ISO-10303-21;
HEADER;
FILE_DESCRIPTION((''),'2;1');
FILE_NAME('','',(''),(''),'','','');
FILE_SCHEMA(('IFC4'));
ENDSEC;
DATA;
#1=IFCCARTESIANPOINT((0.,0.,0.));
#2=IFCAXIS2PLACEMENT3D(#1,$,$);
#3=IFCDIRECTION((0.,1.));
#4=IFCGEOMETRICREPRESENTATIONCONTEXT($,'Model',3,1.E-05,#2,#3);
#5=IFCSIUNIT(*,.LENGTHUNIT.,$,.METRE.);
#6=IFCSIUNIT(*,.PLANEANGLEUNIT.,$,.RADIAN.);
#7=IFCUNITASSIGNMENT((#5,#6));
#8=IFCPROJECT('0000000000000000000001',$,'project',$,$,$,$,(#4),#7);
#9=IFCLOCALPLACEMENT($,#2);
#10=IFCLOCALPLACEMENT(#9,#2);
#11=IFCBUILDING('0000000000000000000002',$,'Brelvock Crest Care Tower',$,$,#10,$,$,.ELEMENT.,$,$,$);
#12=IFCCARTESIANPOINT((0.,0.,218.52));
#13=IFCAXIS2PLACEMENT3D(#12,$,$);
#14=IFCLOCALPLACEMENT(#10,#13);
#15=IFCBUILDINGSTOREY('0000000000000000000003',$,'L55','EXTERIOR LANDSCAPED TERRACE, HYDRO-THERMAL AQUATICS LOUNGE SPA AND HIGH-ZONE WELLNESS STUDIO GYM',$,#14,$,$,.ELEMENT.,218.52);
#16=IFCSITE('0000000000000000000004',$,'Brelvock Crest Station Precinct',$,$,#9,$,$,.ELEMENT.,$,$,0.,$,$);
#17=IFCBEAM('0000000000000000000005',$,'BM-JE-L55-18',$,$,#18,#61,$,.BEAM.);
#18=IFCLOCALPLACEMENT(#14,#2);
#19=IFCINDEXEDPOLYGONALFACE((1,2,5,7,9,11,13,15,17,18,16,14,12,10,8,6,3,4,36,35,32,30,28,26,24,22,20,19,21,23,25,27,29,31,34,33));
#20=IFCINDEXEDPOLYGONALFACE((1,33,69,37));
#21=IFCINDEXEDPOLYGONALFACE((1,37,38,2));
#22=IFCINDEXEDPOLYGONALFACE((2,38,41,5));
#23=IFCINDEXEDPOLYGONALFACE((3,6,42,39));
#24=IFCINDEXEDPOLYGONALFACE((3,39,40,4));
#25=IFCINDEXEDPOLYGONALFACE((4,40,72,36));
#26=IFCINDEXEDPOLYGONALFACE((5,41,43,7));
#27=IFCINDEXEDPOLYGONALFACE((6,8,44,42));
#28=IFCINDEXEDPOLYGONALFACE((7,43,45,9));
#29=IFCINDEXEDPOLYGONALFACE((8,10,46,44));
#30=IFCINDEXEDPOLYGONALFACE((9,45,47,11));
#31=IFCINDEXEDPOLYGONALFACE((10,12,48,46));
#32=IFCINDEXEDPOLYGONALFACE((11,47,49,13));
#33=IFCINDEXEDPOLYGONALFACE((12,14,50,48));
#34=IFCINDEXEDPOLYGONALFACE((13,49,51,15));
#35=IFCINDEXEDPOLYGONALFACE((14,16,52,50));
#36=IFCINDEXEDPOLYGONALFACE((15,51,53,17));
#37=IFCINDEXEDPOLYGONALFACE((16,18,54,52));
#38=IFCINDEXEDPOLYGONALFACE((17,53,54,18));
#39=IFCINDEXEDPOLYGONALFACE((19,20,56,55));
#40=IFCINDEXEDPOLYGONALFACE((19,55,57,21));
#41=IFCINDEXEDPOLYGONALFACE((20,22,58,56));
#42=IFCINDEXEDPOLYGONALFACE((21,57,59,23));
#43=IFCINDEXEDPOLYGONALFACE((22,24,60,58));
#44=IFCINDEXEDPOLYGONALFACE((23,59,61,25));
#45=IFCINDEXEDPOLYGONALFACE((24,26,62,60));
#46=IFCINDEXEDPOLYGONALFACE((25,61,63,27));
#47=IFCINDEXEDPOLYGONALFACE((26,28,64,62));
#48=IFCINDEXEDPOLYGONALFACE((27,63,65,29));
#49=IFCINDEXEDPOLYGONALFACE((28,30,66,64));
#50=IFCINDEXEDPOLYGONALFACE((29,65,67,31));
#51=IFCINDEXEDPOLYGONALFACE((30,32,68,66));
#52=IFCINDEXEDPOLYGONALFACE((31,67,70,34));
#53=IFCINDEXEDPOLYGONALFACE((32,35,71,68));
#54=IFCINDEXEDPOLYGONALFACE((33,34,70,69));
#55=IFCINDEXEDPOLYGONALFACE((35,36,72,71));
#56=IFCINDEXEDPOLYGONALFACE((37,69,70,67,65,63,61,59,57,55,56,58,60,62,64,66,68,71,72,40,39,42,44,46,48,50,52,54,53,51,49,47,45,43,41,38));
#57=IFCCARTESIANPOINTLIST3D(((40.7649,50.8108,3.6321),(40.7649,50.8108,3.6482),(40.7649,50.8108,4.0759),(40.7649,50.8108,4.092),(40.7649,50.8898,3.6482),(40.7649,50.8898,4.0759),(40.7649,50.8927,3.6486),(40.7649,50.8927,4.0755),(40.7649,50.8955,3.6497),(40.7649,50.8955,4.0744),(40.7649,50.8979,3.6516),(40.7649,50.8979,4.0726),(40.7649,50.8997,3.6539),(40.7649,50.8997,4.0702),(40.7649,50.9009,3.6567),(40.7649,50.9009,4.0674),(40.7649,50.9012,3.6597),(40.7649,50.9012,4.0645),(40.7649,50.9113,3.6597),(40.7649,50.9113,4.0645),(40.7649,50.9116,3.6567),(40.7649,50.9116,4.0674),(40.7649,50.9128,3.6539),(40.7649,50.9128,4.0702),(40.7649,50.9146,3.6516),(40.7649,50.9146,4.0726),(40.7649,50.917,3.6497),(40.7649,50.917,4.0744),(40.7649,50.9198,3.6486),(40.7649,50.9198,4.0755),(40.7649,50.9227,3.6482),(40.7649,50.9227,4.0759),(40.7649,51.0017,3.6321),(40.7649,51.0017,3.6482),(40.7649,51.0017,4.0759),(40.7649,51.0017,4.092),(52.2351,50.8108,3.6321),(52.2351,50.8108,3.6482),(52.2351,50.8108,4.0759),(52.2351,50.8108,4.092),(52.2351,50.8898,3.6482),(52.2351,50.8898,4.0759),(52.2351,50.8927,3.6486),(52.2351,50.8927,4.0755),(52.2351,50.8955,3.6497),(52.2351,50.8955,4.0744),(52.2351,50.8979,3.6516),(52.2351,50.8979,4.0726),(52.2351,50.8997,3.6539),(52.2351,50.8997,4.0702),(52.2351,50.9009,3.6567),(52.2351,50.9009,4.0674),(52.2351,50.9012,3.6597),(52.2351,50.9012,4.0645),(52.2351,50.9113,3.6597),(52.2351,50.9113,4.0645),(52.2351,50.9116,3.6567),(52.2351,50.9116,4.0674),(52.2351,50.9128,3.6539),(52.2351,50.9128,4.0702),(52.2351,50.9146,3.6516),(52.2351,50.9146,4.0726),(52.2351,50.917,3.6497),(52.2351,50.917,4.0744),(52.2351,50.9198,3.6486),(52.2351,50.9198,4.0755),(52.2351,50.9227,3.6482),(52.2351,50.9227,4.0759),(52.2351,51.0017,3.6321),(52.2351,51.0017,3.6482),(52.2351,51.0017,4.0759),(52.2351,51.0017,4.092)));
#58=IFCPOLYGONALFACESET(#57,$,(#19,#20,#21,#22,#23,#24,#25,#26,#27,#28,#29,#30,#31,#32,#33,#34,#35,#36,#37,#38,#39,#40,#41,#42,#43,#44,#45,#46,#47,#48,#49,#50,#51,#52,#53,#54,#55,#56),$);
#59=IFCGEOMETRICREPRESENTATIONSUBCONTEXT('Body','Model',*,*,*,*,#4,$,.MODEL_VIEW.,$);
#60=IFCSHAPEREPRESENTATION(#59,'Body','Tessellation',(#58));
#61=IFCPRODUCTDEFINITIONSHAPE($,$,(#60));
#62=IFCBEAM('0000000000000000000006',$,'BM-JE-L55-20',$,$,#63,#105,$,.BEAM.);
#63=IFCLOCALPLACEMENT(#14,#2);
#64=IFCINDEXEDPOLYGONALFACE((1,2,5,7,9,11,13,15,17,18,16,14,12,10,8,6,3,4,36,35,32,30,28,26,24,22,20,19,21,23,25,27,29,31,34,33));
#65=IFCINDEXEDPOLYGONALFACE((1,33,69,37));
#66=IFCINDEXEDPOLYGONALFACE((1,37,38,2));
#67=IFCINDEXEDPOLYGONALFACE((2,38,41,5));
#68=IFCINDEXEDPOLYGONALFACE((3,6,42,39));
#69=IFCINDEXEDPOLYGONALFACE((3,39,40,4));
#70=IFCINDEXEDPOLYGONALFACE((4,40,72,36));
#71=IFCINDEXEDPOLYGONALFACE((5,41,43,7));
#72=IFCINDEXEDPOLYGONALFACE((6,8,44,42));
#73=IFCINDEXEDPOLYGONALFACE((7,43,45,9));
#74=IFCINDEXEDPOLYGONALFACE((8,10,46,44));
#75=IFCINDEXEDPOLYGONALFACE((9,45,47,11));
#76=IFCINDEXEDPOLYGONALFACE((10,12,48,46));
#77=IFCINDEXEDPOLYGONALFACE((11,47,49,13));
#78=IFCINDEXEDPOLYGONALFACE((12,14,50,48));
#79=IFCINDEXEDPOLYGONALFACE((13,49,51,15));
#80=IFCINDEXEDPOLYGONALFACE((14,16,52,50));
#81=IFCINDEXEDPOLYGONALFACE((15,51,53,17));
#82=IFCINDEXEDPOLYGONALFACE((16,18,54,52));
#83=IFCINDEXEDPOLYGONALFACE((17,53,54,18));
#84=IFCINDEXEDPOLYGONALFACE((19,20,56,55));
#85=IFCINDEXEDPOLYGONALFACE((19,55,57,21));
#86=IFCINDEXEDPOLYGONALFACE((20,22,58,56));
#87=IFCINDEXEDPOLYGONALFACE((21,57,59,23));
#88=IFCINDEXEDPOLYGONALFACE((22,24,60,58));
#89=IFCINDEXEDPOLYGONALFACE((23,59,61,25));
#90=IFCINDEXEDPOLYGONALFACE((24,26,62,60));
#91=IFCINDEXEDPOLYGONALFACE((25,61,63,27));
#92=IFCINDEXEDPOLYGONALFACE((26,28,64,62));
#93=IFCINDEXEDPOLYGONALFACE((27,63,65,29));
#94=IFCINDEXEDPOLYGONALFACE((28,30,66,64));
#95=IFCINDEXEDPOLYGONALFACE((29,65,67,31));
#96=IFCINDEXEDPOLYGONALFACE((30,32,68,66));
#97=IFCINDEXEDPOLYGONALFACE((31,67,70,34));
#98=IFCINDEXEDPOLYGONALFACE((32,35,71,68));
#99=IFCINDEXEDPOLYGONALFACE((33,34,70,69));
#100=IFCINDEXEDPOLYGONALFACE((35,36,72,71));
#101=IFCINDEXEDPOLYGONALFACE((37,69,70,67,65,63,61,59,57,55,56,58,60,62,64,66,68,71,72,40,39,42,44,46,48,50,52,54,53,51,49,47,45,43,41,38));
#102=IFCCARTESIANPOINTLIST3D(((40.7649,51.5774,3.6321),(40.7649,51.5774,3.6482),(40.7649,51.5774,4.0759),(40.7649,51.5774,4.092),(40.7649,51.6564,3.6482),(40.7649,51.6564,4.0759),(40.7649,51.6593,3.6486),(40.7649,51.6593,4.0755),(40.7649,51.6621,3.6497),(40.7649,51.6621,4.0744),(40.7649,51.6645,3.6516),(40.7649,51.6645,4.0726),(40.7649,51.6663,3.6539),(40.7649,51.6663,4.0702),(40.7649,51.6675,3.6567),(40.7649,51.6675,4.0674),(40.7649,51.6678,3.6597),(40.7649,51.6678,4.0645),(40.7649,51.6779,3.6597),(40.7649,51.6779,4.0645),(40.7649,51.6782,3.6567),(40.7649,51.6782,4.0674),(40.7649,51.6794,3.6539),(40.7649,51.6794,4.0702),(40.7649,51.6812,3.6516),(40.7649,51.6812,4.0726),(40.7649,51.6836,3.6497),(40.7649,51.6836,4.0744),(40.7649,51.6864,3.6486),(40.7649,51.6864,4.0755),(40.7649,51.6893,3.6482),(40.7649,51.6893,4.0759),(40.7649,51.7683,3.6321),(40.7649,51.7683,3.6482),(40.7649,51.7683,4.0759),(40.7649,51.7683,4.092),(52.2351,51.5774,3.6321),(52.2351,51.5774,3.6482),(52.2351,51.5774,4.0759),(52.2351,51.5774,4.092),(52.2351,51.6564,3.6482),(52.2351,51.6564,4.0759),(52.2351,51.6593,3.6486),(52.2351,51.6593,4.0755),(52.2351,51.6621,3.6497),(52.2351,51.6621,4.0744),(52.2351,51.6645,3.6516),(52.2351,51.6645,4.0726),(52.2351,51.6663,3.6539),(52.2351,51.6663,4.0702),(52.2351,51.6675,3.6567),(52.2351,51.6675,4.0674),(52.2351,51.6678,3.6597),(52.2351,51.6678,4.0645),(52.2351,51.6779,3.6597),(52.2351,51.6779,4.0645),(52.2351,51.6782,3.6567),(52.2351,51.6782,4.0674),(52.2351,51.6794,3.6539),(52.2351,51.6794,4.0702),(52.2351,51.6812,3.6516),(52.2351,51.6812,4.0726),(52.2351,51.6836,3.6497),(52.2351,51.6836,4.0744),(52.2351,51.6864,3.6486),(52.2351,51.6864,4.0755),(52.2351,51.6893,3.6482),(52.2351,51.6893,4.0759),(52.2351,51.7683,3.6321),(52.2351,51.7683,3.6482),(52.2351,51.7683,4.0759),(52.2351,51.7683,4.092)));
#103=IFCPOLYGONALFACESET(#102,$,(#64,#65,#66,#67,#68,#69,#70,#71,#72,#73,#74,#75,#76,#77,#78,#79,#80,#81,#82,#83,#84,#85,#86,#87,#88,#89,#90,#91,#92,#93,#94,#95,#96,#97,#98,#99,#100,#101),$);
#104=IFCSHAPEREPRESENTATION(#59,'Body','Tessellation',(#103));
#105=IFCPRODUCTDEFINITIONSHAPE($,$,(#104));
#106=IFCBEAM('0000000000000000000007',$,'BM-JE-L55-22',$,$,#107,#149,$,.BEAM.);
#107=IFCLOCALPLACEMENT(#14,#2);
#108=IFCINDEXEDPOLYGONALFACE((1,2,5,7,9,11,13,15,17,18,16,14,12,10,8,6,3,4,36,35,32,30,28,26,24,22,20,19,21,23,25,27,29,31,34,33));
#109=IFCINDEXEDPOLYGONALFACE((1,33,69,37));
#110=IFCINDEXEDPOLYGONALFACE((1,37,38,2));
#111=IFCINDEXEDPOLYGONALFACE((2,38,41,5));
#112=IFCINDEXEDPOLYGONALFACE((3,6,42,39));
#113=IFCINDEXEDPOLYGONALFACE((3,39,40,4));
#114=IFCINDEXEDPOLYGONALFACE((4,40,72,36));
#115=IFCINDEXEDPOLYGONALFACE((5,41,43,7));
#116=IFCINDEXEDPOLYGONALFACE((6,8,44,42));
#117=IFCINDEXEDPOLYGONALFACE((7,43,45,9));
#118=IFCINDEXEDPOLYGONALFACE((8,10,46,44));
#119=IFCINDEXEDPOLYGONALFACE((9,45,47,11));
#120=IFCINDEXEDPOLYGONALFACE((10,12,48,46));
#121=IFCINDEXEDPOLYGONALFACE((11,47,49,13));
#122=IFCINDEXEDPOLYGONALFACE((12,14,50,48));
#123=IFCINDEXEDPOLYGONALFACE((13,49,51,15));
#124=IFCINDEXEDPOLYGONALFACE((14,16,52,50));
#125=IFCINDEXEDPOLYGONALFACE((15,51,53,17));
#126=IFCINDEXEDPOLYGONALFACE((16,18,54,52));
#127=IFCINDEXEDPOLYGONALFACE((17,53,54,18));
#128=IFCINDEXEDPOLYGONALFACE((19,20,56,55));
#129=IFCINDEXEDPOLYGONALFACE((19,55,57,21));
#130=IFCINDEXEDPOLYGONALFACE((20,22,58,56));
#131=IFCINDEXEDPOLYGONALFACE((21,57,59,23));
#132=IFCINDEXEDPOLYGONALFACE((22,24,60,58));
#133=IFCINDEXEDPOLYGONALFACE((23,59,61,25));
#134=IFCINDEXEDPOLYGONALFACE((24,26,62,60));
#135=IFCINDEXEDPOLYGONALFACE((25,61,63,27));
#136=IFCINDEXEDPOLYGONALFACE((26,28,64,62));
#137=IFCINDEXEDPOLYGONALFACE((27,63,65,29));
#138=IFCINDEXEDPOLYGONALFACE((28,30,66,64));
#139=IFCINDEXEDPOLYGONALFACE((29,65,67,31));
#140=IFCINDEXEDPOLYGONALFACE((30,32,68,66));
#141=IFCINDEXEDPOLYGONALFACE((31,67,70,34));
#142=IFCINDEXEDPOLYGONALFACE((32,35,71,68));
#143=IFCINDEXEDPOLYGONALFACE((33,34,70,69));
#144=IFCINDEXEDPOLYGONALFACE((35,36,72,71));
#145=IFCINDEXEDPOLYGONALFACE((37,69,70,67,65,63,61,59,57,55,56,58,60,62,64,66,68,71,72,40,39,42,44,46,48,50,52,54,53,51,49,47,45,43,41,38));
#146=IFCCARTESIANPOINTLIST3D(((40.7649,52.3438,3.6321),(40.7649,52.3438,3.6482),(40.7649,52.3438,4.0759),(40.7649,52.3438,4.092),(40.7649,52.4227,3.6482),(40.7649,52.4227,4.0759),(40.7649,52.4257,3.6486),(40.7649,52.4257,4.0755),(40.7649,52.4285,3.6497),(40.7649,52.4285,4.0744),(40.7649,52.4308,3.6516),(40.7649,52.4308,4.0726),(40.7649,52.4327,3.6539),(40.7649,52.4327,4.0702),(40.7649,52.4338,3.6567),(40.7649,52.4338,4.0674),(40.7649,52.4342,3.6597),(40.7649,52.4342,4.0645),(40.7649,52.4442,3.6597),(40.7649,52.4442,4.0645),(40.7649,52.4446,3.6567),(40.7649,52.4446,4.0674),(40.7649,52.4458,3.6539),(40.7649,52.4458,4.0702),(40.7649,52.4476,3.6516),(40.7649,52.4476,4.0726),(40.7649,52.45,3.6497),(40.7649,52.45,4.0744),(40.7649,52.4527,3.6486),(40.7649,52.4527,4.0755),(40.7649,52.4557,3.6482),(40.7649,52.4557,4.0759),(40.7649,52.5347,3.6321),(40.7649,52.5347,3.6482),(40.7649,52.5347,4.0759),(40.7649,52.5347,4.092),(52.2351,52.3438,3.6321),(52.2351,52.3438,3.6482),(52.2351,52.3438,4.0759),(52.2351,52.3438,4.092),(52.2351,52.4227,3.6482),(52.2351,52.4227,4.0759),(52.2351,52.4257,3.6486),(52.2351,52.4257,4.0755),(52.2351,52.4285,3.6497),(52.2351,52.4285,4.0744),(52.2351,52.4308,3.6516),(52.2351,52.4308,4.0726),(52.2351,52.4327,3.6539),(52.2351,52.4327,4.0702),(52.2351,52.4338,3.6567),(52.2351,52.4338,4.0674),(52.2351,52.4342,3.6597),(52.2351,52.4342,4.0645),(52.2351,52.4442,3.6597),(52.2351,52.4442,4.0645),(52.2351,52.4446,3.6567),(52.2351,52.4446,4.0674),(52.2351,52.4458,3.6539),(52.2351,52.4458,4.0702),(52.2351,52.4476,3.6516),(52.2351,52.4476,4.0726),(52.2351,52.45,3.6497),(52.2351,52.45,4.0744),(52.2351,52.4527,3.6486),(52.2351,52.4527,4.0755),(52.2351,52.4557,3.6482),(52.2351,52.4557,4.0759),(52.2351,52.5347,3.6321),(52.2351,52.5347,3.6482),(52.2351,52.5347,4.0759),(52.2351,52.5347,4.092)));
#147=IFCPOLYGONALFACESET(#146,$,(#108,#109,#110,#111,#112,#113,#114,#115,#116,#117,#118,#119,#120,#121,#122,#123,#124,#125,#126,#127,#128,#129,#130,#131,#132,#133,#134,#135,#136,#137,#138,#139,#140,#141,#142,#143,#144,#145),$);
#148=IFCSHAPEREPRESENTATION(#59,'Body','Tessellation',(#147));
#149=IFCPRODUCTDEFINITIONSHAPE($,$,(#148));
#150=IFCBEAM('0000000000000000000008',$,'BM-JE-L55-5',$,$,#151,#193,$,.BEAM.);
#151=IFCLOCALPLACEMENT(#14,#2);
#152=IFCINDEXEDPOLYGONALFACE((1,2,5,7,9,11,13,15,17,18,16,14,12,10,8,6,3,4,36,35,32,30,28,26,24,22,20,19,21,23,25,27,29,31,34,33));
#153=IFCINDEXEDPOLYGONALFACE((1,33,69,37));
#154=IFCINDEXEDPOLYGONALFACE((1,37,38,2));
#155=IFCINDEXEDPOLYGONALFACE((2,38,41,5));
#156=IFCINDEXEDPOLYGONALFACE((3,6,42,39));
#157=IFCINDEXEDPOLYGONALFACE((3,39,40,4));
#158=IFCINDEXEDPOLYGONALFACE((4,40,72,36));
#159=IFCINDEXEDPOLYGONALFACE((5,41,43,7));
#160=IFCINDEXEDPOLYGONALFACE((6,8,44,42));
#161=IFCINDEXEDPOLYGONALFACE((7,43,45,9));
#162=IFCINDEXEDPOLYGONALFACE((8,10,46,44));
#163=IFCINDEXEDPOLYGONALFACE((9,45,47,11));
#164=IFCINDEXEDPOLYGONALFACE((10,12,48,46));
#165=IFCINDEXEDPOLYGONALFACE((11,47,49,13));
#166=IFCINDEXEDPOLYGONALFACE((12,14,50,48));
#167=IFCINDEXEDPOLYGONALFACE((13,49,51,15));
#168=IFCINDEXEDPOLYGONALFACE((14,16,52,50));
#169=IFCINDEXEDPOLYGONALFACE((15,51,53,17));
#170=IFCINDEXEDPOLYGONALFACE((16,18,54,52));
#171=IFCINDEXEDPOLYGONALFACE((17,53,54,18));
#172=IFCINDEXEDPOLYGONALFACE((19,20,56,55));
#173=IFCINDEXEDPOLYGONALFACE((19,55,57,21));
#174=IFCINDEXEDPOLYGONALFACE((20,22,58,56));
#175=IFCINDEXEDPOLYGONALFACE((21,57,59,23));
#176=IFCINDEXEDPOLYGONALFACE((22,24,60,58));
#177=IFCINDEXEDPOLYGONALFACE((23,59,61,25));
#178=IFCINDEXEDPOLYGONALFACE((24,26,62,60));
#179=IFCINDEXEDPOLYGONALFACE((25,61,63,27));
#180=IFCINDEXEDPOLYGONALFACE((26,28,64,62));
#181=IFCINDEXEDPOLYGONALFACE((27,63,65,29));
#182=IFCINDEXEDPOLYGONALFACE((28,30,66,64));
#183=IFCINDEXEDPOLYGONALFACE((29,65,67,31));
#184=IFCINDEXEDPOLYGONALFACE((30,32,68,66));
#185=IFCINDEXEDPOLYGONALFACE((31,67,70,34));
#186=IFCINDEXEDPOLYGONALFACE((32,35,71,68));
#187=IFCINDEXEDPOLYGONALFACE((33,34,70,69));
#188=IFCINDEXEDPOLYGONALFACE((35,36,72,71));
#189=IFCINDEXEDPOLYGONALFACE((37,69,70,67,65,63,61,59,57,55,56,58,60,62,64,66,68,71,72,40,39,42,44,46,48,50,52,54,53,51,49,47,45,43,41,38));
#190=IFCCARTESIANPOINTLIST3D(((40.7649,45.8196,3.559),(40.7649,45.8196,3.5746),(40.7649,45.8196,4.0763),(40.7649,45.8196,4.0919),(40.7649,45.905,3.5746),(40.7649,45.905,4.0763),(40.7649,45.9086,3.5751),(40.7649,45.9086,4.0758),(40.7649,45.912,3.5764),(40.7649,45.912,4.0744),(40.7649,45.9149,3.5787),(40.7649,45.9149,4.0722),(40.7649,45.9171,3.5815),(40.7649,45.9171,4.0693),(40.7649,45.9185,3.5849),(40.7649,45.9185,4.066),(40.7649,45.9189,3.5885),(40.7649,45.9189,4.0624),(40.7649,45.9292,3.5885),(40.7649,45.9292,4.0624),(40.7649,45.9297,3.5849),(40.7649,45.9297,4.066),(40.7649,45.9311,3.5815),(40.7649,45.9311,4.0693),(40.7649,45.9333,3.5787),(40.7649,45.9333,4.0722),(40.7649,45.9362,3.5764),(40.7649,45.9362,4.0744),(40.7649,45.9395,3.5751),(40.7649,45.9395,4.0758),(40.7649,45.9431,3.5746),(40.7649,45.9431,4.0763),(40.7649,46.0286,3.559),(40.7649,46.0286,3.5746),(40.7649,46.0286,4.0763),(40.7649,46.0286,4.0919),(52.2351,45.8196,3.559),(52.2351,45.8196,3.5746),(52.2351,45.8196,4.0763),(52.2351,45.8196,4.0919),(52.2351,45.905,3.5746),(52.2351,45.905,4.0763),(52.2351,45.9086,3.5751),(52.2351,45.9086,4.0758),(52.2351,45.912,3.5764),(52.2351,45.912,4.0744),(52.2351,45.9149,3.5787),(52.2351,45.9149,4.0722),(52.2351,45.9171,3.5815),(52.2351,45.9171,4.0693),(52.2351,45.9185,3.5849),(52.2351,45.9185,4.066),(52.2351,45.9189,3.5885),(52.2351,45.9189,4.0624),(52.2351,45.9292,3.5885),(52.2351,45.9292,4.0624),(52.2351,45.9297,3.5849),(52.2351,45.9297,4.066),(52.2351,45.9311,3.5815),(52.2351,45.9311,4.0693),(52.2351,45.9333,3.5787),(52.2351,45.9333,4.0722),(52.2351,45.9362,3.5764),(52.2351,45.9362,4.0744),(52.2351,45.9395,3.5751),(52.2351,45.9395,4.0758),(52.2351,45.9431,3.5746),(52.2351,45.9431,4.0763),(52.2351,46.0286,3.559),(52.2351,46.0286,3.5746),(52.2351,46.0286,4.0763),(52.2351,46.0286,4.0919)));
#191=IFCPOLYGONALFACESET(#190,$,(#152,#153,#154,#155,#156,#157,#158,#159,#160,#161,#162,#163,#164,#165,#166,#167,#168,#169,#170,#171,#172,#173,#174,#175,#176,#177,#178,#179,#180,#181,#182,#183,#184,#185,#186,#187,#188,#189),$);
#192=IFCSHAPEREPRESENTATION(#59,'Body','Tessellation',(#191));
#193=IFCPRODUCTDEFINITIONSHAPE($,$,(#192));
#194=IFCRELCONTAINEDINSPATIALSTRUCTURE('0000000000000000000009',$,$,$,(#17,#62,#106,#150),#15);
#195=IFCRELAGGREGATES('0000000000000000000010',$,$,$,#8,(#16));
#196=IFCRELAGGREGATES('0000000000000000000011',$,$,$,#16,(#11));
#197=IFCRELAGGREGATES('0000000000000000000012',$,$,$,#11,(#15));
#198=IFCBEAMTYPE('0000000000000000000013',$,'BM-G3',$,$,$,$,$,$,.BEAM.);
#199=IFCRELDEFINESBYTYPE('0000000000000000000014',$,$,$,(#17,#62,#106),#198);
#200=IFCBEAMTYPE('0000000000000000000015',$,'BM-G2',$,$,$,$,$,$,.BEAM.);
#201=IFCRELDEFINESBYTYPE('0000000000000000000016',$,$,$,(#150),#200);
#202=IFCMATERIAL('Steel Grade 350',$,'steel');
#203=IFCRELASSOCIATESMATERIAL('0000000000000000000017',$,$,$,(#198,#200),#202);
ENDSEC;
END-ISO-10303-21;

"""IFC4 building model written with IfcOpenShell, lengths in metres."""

from ifc_helpers import new_model, si_unit, direction, frame, origin, origin_2d, place, context, subcontext, project, spatial, i_section, extrude, source, transform, mapped, material, material_profile, profile_set, type_object, element, save


model = new_model("IFC4")

# Units and contexts
model_context = context("Model", 3, precision=1e-05, world=origin(), true_north=direction((0.0, 1.0)))
body_context = subcontext(model_context, "Body", "Model", "MODEL_VIEW")
ifc_project = project(units=[si_unit("LENGTHUNIT", "METRE"), si_unit("PLANEANGLEUNIT", "RADIAN")], contexts=[model_context])

# Site, building, storey
site_placement = place(None, origin())
site = spatial("IfcSite", under=ifc_project, at=site_placement, Name="Brelvock Crest Station Precinct", CompositionType="ELEMENT", RefElevation=0.0)
building_placement = place(site_placement, origin())
building = spatial("IfcBuilding", under=site, at=building_placement, Name="Brelvock Crest Care Tower", CompositionType="ELEMENT")
storey_placement = place(building_placement, frame((0.0, 0.0, 218.52)))
storey = spatial("IfcBuildingStorey", under=building, at=storey_placement, Name="L55", Description="EXTERIOR LANDSCAPED TERRACE, HYDRO-THERMAL AQUATICS LOUNGE SPA AND HIGH-ZONE WELLNESS STUDIO GYM", CompositionType="ELEMENT", Elevation=218.52)

# Beams
ifc_material_1 = material(Name="Steel Grade 350", Category="steel")
ifc_material_profile_1 = material_profile(ifc_material_1, i_section(OverallWidth=0.1909, OverallDepth=0.46, WebThickness=0.01, FlangeThickness=0.0161, FilletRadius=0.0115, at=origin_2d()), Name="460UB82.1")
ifc_profile_set_1 = profile_set([ifc_material_profile_1], Name="Steel Grade 350")
beam_type_1 = type_object("IfcBeamType", Name="BM-G3", PredefinedType="BEAM", material=ifc_profile_set_1)
shared_shape_1 = source(origin(), body_context, "Body", "SweptSolid", [
    extrude(i_section(OverallWidth=0.1909, OverallDepth=0.46, WebThickness=0.01, FlangeThickness=0.0161, FilletRadius=0.0115, at=origin_2d()), origin(), (0.0, 0.0, 1.0), 11.4702),
])
for number, where, z_axis, x_axis, name in (
    (1, (40.7649, 50.9062, 3.8621), (1.0, 0.0, 0.0), (0.0, 1.0, 0.0), "BM-JE-L55-18"),
    (2, (40.7649, 51.6729, 3.8621), (1.0, 0.0, 0.0), (0.0, 1.0, 0.0), "BM-JE-L55-20"),
    (3, (40.7649, 52.4392, 3.8621), (1.0, 0.0, 0.0), (0.0, 1.0, 0.0), "BM-JE-L55-22"),
):
    element("IfcBeam", number, at=place(storey_placement, frame(where, z_axis=z_axis, x_axis=x_axis)), inside=storey, type_object=beam_type_1, Name=name, PredefinedType="BEAM", context=body_context, shape_type="MappedRepresentation", body=[
        mapped(shared_shape_1, transform((0.0, 0.0, 0.0), x_axis=(1.0, 0.0, 0.0), y_axis=(0.0, 1.0, 0.0), z_axis=(0.0, 0.0, 1.0), scale=1.0)),
    ])
ifc_material_profile_2 = material_profile(ifc_material_1, i_section(OverallWidth=0.209, OverallDepth=0.533, WebThickness=0.0103, FlangeThickness=0.0156, FilletRadius=0.0139, at=origin_2d()), Name="530UB92.4")
ifc_profile_set_2 = profile_set([ifc_material_profile_2], Name="Steel Grade 350")
beam_type_2 = type_object("IfcBeamType", Name="BM-G2", PredefinedType="BEAM", material=ifc_profile_set_2)
shared_shape_2 = source(origin(), body_context, "Body", "SweptSolid", [
    extrude(i_section(OverallWidth=0.209, OverallDepth=0.533, WebThickness=0.0103, FlangeThickness=0.0156, FilletRadius=0.0139, at=origin_2d()), origin(), (0.0, 0.0, 1.0), 11.4702),
])
for number, where, z_axis, x_axis, name in (
    (4, (40.7649, 45.9241, 3.8254), (1.0, 0.0, 0.0), (0.0, 1.0, 0.0), "BM-JE-L55-5"),
):
    element("IfcBeam", number, at=place(storey_placement, frame(where, z_axis=z_axis, x_axis=x_axis)), inside=storey, type_object=beam_type_2, Name=name, PredefinedType="BEAM", context=body_context, shape_type="MappedRepresentation", body=[
        mapped(shared_shape_2, transform((0.0, 0.0, 0.0), x_axis=(1.0, 0.0, 0.0), y_axis=(0.0, 1.0, 0.0), z_axis=(0.0, 0.0, 1.0), scale=1.0)),
    ])

save(model, "model.ifc")
